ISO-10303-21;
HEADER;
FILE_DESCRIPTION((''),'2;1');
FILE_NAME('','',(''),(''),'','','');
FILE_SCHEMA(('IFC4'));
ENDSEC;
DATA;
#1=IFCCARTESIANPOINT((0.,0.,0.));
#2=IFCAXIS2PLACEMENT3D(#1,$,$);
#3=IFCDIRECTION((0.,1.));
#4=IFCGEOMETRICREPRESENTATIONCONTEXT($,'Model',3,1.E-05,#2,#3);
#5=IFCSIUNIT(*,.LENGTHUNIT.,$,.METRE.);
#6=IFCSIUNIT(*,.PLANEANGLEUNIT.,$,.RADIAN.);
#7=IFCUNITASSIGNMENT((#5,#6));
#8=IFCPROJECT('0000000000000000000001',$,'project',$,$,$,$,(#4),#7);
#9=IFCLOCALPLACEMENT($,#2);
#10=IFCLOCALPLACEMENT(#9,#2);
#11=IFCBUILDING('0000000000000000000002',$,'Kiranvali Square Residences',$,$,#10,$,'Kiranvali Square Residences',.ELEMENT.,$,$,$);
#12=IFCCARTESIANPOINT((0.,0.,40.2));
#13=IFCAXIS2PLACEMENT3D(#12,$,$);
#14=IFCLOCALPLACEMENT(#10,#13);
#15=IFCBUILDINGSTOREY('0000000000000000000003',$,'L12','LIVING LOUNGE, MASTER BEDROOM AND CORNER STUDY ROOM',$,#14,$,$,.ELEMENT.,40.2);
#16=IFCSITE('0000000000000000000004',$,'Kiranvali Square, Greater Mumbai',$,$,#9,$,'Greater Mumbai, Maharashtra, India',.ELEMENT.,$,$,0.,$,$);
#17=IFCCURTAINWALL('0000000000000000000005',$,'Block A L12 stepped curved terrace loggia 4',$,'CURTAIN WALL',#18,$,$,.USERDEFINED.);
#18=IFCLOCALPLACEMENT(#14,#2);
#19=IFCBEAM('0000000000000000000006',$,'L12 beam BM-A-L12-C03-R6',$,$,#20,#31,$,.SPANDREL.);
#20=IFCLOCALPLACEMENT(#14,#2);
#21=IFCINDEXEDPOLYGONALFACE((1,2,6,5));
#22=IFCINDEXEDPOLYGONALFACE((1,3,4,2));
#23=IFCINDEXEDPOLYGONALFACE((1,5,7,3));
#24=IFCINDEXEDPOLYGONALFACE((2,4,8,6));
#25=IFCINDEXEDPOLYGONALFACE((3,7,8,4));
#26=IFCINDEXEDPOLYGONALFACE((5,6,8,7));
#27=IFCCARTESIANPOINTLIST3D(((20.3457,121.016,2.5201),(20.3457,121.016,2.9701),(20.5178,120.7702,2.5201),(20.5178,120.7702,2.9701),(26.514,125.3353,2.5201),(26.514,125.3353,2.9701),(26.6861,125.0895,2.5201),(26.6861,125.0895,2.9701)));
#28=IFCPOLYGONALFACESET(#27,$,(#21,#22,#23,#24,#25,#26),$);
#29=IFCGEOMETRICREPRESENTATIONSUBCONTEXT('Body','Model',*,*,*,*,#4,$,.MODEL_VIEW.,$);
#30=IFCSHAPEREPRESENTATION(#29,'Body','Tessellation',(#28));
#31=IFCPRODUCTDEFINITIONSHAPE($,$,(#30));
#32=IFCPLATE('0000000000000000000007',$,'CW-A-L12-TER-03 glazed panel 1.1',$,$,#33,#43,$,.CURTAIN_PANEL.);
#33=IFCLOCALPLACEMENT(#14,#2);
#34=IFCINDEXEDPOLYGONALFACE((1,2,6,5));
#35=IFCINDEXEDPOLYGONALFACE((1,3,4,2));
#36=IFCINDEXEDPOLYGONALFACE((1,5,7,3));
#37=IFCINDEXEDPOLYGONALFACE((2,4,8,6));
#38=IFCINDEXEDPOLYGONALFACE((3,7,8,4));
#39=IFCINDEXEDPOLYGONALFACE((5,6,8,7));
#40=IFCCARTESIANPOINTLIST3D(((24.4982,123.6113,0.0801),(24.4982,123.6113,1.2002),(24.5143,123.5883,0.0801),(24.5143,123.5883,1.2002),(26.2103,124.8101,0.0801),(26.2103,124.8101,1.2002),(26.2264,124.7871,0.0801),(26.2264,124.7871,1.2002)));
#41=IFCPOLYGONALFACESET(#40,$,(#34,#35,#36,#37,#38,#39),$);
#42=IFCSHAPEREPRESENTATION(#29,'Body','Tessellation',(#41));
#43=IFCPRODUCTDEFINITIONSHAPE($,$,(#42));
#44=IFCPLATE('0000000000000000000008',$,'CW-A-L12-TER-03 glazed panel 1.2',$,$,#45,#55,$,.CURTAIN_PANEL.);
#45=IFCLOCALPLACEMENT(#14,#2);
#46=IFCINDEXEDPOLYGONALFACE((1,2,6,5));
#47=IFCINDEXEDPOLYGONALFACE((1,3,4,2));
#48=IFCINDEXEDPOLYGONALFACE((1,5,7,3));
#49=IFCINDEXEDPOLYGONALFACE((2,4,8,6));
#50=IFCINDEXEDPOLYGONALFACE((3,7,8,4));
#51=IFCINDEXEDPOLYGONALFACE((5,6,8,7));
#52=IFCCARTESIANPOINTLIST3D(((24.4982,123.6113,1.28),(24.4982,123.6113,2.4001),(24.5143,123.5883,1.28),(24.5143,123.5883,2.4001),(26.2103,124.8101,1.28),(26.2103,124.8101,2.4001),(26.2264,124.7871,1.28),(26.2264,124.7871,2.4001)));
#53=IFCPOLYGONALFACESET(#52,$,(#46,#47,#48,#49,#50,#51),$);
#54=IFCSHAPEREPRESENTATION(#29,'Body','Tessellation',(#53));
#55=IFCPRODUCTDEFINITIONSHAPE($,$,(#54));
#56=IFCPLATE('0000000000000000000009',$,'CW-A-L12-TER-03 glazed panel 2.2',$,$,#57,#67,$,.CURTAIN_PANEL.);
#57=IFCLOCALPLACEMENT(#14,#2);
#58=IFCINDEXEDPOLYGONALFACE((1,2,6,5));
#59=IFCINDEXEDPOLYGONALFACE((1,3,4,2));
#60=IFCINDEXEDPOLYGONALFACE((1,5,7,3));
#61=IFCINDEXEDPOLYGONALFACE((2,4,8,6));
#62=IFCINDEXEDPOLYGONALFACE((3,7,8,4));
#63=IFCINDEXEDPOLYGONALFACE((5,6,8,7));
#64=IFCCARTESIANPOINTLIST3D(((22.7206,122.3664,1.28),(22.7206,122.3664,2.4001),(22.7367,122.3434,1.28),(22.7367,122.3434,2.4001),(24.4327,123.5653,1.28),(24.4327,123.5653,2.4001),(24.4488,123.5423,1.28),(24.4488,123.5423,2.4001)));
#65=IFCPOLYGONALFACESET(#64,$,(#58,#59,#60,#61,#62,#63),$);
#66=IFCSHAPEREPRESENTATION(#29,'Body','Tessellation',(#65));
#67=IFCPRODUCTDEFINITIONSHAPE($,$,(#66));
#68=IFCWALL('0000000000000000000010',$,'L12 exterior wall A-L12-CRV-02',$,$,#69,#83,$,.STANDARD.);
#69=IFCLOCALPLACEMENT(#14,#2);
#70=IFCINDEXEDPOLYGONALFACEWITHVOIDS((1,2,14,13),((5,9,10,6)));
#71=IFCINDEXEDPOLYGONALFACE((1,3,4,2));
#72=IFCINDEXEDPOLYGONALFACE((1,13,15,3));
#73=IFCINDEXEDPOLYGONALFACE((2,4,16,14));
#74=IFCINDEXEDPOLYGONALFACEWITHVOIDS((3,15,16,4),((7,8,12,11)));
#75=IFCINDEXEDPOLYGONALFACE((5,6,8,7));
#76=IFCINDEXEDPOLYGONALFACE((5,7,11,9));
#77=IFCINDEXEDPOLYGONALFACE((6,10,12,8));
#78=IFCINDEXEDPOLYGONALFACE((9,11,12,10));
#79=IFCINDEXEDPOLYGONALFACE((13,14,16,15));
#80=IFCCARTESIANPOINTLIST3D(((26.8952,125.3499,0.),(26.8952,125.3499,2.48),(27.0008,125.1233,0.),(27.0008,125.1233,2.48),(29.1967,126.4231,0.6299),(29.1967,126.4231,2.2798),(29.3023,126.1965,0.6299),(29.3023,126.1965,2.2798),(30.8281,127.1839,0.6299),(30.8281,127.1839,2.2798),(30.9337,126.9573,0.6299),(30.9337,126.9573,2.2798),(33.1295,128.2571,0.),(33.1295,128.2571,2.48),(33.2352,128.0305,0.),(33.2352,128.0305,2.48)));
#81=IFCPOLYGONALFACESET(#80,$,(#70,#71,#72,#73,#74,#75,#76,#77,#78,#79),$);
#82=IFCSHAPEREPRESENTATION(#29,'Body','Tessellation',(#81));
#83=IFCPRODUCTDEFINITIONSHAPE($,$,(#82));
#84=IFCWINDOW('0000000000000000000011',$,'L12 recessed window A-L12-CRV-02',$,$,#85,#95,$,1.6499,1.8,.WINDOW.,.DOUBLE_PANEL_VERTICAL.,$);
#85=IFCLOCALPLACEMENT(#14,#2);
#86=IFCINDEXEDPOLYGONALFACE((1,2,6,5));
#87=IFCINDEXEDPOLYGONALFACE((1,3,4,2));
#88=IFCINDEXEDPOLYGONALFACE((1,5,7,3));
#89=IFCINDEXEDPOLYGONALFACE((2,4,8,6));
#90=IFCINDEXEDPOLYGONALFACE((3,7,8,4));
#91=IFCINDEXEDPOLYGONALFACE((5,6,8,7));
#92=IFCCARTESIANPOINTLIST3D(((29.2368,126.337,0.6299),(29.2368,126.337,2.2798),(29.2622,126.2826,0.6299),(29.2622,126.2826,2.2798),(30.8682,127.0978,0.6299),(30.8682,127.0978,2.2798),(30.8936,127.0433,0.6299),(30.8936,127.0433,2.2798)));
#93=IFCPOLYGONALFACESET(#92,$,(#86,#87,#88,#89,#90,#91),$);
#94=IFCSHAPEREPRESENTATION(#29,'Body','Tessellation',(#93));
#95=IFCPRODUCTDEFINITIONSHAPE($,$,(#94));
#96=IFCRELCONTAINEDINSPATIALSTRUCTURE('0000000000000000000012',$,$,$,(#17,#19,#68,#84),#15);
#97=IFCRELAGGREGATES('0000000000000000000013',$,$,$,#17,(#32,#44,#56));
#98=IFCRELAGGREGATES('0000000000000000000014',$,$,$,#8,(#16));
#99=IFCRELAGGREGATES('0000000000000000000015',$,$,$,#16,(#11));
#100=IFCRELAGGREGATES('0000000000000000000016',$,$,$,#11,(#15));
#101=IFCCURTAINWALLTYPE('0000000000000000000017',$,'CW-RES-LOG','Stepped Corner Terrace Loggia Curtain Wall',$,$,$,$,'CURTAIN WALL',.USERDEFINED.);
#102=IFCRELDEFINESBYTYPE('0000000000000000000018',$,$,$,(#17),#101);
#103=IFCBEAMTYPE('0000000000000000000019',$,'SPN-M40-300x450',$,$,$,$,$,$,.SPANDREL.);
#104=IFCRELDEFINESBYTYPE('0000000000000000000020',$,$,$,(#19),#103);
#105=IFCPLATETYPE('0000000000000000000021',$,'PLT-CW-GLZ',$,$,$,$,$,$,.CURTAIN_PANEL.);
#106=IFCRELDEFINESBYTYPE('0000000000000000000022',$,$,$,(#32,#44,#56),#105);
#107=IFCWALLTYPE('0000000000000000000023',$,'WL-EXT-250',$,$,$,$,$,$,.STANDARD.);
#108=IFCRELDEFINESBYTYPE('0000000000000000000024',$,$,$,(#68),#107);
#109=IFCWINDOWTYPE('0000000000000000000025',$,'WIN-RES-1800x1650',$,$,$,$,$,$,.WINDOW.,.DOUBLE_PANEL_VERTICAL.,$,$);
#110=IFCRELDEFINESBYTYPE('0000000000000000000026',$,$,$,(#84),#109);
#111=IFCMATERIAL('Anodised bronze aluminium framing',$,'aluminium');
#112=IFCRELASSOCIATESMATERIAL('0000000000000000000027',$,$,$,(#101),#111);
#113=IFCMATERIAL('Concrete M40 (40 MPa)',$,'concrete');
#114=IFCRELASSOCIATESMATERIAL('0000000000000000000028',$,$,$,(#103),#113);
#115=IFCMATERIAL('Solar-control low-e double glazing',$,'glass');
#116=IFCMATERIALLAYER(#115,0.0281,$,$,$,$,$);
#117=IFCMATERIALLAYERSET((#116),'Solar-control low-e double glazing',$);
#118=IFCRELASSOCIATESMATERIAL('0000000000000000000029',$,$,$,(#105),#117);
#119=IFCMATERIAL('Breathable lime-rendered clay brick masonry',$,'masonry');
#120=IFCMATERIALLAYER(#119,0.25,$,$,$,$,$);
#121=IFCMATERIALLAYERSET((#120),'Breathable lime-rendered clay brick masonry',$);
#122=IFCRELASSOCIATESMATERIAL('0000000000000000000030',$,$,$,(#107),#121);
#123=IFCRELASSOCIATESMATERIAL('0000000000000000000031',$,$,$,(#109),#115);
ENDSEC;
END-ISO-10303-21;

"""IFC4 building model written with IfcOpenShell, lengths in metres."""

from ifc_helpers import new_model, si_unit, direction, frame, frame_2d, origin, origin_2d, place, context, subcontext, project, spatial, rectangle, extrude, material, layer, layer_set, material_profile, profile_set, type_object, element, fill, aggregate, save


model = new_model("IFC4")

# Units and contexts
model_context = context("Model", 3, precision=1e-05, world=origin(), true_north=direction((0.0, 1.0)))
body_context = subcontext(model_context, "Body", "Model", "MODEL_VIEW")
ifc_project = project(units=[si_unit("LENGTHUNIT", "METRE"), si_unit("PLANEANGLEUNIT", "RADIAN")], contexts=[model_context])

# Site, building, storey
site_placement = place(None, origin())
site = spatial("IfcSite", under=ifc_project, at=site_placement, Name="Kiranvali Square, Greater Mumbai", LongName="Greater Mumbai, Maharashtra, India", CompositionType="ELEMENT", RefElevation=0.0)
building_placement = place(site_placement, origin())
building = spatial("IfcBuilding", under=site, at=building_placement, Name="Kiranvali Square Residences", LongName="Kiranvali Square Residences", CompositionType="ELEMENT")
storey_placement = place(building_placement, frame((0.0, 0.0, 40.2)))
storey = spatial("IfcBuildingStorey", under=building, at=storey_placement, Name="L12", Description="LIVING LOUNGE, MASTER BEDROOM AND CORNER STUDY ROOM", CompositionType="ELEMENT", Elevation=40.2)

# Shared definitions
ifc_material_1 = material(Name="Concrete M40 (40 MPa)", Category="concrete")

# Curtain wall
ifc_material_2 = material(Name="Anodised bronze aluminium framing", Category="aluminium")
curtain_wall_type = type_object("IfcCurtainWallType", Name="CW-RES-LOG", Description="Stepped Corner Terrace Loggia Curtain Wall", ElementType="CURTAIN WALL", PredefinedType="USERDEFINED", material=ifc_material_2)
curtain_wall_placement = place(storey_placement, origin())
curtain_wall = element("IfcCurtainWall", 1, at=curtain_wall_placement, inside=storey, type_object=curtain_wall_type, Name="Block A L12 stepped curved terrace loggia 4", ObjectType="CURTAIN WALL", PredefinedType="USERDEFINED")

# Beam
ifc_material_profile_1 = material_profile(ifc_material_1, rectangle(XDim=0.3, YDim=0.45, at=origin_2d()), Name="RC 300x450")
ifc_profile_set_1 = profile_set([ifc_material_profile_1], Name="Concrete M40 (40 MPa)")
beam_type_1 = type_object("IfcBeamType", Name="SPN-M40-300x450", PredefinedType="SPANDREL", material=ifc_profile_set_1)
for number, where, z_axis, x_axis, name in (
    (2, (26.6001, 125.2124, 2.7451), (-0.819144, -0.573589, 0.0), (0.573589, -0.819144, 0.0), "L12 beam BM-A-L12-C03-R6"),
):
    element("IfcBeam", number, at=place(storey_placement, frame(where, z_axis=z_axis, x_axis=x_axis)), inside=storey, type_object=beam_type_1, Name=name, PredefinedType="SPANDREL", context=body_context, shape_type="SweptSolid", body=[
        extrude(rectangle(XDim=0.3, YDim=0.45, at=origin_2d()), origin(), (0.0, 0.0, 1.0), 7.5303),
    ])

# Plates
ifc_material_3 = material(Name="Solar-control low-e double glazing", Category="glass")
ifc_layer_1 = layer(ifc_material_3, 0.0281)
ifc_layer_set_1 = layer_set([ifc_layer_1], Name="Solar-control low-e double glazing")
plate_type = type_object("IfcPlateType", Name="PLT-CW-GLZ", PredefinedType="CURTAIN_PANEL", material=ifc_layer_set_1)
plate_1_placement = place(storey_placement, frame((25.3623, 124.1992, 0.0801), z_axis=(0.0, 0.0, 1.0), x_axis=(-0.819152, -0.573576, 0.0)))
plate_1 = element("IfcPlate", 3, at=plate_1_placement, type_object=plate_type, Name="CW-A-L12-TER-03 glazed panel 1.1", PredefinedType="CURTAIN_PANEL", context=body_context, shape_type="SweptSolid", body=[
    extrude(rectangle(XDim=2.0901, YDim=0.0281, at=origin_2d()), origin(), (0.0, 0.0, 1.0), 1.1201),
])
plate_2_placement = place(storey_placement, frame((25.3623, 124.1992, 1.28), z_axis=(0.0, 0.0, 1.0), x_axis=(-0.819152, -0.573576, 0.0)))
plate_2 = element("IfcPlate", 4, at=plate_2_placement, type_object=plate_type, Name="CW-A-L12-TER-03 glazed panel 1.2", PredefinedType="CURTAIN_PANEL", context=body_context, shape_type="SweptSolid", body=[
    extrude(rectangle(XDim=2.0901, YDim=0.0281, at=origin_2d()), origin(), (0.0, 0.0, 1.0), 1.1201),
])
plate_3_placement = place(storey_placement, frame((23.5847, 122.9543, 1.28), z_axis=(0.0, 0.0, 1.0), x_axis=(-0.819152, -0.573576, 0.0)))
plate_3 = element("IfcPlate", 5, at=plate_3_placement, type_object=plate_type, Name="CW-A-L12-TER-03 glazed panel 2.2", PredefinedType="CURTAIN_PANEL", context=body_context, shape_type="SweptSolid", body=[
    extrude(rectangle(XDim=2.0901, YDim=0.0281, at=origin_2d()), origin(), (0.0, 0.0, 1.0), 1.1201),
])
aggregate(curtain_wall, [plate_1, plate_2, plate_3])

# Wall, opening, window
ifc_material_4 = material(Name="Breathable lime-rendered clay brick masonry", Category="masonry")
ifc_layer_2 = layer(ifc_material_4, 0.25)
ifc_layer_set_2 = layer_set([ifc_layer_2], Name="Breathable lime-rendered clay brick masonry")
wall_type = type_object("IfcWallType", Name="WL-EXT-250", PredefinedType="STANDARD", material=ifc_layer_set_2)
wall_placement = place(storey_placement, frame((33.1824, 128.1438, 0.0), z_axis=(0.0, 0.0, 1.0), x_axis=(-0.906303, -0.422629, 0.0)))
wall = element("IfcWall", 6, at=wall_placement, inside=storey, type_object=wall_type, Name="L12 exterior wall A-L12-CRV-02", PredefinedType="STANDARD", context=body_context, shape_type="SweptSolid", body=[
    extrude(rectangle(XDim=6.8789, YDim=0.25, at=frame_2d((3.4395, 0.0))), origin(), (0.0, 0.0, 1.0), 2.48),
])
opening_placement = place(wall_placement, frame((2.5396, 0.0, 0.6299)))
opening = element("IfcOpeningElement", 7, at=opening_placement, cuts=wall, PredefinedType="OPENING", context=body_context, shape_type="SweptSolid", body=[
    extrude(rectangle(XDim=1.8, YDim=1.6499, at=frame_2d((0.8999, 0.825))), frame((0.0, 0.135, 0.0), z_axis=(0.0, -1.0, 0.0), x_axis=(1.0, 0.0, 0.0)), (0.0, 0.0, 1.0), 0.27),
])
window_type = type_object("IfcWindowType", Name="WIN-RES-1800x1650", PartitioningType="DOUBLE_PANEL_VERTICAL", PredefinedType="WINDOW", material=ifc_material_3)
window_placement = place(opening_placement, origin())
window = element("IfcWindow", 8, at=window_placement, inside=storey, type_object=window_type, Name="L12 recessed window A-L12-CRV-02", OverallHeight=1.6499, OverallWidth=1.8, PartitioningType="DOUBLE_PANEL_VERTICAL", PredefinedType="WINDOW", context=body_context, shape_type="SweptSolid", body=[
    extrude(rectangle(XDim=1.8, YDim=1.6499, at=frame_2d((0.8999, 0.825))), frame((0.0, 0.03, 0.0), z_axis=(0.0, -1.0, 0.0), x_axis=(1.0, 0.0, 0.0)), (0.0, 0.0, 1.0), 0.0601),
])
fill(opening, window)

save(model, "model.ifc")
